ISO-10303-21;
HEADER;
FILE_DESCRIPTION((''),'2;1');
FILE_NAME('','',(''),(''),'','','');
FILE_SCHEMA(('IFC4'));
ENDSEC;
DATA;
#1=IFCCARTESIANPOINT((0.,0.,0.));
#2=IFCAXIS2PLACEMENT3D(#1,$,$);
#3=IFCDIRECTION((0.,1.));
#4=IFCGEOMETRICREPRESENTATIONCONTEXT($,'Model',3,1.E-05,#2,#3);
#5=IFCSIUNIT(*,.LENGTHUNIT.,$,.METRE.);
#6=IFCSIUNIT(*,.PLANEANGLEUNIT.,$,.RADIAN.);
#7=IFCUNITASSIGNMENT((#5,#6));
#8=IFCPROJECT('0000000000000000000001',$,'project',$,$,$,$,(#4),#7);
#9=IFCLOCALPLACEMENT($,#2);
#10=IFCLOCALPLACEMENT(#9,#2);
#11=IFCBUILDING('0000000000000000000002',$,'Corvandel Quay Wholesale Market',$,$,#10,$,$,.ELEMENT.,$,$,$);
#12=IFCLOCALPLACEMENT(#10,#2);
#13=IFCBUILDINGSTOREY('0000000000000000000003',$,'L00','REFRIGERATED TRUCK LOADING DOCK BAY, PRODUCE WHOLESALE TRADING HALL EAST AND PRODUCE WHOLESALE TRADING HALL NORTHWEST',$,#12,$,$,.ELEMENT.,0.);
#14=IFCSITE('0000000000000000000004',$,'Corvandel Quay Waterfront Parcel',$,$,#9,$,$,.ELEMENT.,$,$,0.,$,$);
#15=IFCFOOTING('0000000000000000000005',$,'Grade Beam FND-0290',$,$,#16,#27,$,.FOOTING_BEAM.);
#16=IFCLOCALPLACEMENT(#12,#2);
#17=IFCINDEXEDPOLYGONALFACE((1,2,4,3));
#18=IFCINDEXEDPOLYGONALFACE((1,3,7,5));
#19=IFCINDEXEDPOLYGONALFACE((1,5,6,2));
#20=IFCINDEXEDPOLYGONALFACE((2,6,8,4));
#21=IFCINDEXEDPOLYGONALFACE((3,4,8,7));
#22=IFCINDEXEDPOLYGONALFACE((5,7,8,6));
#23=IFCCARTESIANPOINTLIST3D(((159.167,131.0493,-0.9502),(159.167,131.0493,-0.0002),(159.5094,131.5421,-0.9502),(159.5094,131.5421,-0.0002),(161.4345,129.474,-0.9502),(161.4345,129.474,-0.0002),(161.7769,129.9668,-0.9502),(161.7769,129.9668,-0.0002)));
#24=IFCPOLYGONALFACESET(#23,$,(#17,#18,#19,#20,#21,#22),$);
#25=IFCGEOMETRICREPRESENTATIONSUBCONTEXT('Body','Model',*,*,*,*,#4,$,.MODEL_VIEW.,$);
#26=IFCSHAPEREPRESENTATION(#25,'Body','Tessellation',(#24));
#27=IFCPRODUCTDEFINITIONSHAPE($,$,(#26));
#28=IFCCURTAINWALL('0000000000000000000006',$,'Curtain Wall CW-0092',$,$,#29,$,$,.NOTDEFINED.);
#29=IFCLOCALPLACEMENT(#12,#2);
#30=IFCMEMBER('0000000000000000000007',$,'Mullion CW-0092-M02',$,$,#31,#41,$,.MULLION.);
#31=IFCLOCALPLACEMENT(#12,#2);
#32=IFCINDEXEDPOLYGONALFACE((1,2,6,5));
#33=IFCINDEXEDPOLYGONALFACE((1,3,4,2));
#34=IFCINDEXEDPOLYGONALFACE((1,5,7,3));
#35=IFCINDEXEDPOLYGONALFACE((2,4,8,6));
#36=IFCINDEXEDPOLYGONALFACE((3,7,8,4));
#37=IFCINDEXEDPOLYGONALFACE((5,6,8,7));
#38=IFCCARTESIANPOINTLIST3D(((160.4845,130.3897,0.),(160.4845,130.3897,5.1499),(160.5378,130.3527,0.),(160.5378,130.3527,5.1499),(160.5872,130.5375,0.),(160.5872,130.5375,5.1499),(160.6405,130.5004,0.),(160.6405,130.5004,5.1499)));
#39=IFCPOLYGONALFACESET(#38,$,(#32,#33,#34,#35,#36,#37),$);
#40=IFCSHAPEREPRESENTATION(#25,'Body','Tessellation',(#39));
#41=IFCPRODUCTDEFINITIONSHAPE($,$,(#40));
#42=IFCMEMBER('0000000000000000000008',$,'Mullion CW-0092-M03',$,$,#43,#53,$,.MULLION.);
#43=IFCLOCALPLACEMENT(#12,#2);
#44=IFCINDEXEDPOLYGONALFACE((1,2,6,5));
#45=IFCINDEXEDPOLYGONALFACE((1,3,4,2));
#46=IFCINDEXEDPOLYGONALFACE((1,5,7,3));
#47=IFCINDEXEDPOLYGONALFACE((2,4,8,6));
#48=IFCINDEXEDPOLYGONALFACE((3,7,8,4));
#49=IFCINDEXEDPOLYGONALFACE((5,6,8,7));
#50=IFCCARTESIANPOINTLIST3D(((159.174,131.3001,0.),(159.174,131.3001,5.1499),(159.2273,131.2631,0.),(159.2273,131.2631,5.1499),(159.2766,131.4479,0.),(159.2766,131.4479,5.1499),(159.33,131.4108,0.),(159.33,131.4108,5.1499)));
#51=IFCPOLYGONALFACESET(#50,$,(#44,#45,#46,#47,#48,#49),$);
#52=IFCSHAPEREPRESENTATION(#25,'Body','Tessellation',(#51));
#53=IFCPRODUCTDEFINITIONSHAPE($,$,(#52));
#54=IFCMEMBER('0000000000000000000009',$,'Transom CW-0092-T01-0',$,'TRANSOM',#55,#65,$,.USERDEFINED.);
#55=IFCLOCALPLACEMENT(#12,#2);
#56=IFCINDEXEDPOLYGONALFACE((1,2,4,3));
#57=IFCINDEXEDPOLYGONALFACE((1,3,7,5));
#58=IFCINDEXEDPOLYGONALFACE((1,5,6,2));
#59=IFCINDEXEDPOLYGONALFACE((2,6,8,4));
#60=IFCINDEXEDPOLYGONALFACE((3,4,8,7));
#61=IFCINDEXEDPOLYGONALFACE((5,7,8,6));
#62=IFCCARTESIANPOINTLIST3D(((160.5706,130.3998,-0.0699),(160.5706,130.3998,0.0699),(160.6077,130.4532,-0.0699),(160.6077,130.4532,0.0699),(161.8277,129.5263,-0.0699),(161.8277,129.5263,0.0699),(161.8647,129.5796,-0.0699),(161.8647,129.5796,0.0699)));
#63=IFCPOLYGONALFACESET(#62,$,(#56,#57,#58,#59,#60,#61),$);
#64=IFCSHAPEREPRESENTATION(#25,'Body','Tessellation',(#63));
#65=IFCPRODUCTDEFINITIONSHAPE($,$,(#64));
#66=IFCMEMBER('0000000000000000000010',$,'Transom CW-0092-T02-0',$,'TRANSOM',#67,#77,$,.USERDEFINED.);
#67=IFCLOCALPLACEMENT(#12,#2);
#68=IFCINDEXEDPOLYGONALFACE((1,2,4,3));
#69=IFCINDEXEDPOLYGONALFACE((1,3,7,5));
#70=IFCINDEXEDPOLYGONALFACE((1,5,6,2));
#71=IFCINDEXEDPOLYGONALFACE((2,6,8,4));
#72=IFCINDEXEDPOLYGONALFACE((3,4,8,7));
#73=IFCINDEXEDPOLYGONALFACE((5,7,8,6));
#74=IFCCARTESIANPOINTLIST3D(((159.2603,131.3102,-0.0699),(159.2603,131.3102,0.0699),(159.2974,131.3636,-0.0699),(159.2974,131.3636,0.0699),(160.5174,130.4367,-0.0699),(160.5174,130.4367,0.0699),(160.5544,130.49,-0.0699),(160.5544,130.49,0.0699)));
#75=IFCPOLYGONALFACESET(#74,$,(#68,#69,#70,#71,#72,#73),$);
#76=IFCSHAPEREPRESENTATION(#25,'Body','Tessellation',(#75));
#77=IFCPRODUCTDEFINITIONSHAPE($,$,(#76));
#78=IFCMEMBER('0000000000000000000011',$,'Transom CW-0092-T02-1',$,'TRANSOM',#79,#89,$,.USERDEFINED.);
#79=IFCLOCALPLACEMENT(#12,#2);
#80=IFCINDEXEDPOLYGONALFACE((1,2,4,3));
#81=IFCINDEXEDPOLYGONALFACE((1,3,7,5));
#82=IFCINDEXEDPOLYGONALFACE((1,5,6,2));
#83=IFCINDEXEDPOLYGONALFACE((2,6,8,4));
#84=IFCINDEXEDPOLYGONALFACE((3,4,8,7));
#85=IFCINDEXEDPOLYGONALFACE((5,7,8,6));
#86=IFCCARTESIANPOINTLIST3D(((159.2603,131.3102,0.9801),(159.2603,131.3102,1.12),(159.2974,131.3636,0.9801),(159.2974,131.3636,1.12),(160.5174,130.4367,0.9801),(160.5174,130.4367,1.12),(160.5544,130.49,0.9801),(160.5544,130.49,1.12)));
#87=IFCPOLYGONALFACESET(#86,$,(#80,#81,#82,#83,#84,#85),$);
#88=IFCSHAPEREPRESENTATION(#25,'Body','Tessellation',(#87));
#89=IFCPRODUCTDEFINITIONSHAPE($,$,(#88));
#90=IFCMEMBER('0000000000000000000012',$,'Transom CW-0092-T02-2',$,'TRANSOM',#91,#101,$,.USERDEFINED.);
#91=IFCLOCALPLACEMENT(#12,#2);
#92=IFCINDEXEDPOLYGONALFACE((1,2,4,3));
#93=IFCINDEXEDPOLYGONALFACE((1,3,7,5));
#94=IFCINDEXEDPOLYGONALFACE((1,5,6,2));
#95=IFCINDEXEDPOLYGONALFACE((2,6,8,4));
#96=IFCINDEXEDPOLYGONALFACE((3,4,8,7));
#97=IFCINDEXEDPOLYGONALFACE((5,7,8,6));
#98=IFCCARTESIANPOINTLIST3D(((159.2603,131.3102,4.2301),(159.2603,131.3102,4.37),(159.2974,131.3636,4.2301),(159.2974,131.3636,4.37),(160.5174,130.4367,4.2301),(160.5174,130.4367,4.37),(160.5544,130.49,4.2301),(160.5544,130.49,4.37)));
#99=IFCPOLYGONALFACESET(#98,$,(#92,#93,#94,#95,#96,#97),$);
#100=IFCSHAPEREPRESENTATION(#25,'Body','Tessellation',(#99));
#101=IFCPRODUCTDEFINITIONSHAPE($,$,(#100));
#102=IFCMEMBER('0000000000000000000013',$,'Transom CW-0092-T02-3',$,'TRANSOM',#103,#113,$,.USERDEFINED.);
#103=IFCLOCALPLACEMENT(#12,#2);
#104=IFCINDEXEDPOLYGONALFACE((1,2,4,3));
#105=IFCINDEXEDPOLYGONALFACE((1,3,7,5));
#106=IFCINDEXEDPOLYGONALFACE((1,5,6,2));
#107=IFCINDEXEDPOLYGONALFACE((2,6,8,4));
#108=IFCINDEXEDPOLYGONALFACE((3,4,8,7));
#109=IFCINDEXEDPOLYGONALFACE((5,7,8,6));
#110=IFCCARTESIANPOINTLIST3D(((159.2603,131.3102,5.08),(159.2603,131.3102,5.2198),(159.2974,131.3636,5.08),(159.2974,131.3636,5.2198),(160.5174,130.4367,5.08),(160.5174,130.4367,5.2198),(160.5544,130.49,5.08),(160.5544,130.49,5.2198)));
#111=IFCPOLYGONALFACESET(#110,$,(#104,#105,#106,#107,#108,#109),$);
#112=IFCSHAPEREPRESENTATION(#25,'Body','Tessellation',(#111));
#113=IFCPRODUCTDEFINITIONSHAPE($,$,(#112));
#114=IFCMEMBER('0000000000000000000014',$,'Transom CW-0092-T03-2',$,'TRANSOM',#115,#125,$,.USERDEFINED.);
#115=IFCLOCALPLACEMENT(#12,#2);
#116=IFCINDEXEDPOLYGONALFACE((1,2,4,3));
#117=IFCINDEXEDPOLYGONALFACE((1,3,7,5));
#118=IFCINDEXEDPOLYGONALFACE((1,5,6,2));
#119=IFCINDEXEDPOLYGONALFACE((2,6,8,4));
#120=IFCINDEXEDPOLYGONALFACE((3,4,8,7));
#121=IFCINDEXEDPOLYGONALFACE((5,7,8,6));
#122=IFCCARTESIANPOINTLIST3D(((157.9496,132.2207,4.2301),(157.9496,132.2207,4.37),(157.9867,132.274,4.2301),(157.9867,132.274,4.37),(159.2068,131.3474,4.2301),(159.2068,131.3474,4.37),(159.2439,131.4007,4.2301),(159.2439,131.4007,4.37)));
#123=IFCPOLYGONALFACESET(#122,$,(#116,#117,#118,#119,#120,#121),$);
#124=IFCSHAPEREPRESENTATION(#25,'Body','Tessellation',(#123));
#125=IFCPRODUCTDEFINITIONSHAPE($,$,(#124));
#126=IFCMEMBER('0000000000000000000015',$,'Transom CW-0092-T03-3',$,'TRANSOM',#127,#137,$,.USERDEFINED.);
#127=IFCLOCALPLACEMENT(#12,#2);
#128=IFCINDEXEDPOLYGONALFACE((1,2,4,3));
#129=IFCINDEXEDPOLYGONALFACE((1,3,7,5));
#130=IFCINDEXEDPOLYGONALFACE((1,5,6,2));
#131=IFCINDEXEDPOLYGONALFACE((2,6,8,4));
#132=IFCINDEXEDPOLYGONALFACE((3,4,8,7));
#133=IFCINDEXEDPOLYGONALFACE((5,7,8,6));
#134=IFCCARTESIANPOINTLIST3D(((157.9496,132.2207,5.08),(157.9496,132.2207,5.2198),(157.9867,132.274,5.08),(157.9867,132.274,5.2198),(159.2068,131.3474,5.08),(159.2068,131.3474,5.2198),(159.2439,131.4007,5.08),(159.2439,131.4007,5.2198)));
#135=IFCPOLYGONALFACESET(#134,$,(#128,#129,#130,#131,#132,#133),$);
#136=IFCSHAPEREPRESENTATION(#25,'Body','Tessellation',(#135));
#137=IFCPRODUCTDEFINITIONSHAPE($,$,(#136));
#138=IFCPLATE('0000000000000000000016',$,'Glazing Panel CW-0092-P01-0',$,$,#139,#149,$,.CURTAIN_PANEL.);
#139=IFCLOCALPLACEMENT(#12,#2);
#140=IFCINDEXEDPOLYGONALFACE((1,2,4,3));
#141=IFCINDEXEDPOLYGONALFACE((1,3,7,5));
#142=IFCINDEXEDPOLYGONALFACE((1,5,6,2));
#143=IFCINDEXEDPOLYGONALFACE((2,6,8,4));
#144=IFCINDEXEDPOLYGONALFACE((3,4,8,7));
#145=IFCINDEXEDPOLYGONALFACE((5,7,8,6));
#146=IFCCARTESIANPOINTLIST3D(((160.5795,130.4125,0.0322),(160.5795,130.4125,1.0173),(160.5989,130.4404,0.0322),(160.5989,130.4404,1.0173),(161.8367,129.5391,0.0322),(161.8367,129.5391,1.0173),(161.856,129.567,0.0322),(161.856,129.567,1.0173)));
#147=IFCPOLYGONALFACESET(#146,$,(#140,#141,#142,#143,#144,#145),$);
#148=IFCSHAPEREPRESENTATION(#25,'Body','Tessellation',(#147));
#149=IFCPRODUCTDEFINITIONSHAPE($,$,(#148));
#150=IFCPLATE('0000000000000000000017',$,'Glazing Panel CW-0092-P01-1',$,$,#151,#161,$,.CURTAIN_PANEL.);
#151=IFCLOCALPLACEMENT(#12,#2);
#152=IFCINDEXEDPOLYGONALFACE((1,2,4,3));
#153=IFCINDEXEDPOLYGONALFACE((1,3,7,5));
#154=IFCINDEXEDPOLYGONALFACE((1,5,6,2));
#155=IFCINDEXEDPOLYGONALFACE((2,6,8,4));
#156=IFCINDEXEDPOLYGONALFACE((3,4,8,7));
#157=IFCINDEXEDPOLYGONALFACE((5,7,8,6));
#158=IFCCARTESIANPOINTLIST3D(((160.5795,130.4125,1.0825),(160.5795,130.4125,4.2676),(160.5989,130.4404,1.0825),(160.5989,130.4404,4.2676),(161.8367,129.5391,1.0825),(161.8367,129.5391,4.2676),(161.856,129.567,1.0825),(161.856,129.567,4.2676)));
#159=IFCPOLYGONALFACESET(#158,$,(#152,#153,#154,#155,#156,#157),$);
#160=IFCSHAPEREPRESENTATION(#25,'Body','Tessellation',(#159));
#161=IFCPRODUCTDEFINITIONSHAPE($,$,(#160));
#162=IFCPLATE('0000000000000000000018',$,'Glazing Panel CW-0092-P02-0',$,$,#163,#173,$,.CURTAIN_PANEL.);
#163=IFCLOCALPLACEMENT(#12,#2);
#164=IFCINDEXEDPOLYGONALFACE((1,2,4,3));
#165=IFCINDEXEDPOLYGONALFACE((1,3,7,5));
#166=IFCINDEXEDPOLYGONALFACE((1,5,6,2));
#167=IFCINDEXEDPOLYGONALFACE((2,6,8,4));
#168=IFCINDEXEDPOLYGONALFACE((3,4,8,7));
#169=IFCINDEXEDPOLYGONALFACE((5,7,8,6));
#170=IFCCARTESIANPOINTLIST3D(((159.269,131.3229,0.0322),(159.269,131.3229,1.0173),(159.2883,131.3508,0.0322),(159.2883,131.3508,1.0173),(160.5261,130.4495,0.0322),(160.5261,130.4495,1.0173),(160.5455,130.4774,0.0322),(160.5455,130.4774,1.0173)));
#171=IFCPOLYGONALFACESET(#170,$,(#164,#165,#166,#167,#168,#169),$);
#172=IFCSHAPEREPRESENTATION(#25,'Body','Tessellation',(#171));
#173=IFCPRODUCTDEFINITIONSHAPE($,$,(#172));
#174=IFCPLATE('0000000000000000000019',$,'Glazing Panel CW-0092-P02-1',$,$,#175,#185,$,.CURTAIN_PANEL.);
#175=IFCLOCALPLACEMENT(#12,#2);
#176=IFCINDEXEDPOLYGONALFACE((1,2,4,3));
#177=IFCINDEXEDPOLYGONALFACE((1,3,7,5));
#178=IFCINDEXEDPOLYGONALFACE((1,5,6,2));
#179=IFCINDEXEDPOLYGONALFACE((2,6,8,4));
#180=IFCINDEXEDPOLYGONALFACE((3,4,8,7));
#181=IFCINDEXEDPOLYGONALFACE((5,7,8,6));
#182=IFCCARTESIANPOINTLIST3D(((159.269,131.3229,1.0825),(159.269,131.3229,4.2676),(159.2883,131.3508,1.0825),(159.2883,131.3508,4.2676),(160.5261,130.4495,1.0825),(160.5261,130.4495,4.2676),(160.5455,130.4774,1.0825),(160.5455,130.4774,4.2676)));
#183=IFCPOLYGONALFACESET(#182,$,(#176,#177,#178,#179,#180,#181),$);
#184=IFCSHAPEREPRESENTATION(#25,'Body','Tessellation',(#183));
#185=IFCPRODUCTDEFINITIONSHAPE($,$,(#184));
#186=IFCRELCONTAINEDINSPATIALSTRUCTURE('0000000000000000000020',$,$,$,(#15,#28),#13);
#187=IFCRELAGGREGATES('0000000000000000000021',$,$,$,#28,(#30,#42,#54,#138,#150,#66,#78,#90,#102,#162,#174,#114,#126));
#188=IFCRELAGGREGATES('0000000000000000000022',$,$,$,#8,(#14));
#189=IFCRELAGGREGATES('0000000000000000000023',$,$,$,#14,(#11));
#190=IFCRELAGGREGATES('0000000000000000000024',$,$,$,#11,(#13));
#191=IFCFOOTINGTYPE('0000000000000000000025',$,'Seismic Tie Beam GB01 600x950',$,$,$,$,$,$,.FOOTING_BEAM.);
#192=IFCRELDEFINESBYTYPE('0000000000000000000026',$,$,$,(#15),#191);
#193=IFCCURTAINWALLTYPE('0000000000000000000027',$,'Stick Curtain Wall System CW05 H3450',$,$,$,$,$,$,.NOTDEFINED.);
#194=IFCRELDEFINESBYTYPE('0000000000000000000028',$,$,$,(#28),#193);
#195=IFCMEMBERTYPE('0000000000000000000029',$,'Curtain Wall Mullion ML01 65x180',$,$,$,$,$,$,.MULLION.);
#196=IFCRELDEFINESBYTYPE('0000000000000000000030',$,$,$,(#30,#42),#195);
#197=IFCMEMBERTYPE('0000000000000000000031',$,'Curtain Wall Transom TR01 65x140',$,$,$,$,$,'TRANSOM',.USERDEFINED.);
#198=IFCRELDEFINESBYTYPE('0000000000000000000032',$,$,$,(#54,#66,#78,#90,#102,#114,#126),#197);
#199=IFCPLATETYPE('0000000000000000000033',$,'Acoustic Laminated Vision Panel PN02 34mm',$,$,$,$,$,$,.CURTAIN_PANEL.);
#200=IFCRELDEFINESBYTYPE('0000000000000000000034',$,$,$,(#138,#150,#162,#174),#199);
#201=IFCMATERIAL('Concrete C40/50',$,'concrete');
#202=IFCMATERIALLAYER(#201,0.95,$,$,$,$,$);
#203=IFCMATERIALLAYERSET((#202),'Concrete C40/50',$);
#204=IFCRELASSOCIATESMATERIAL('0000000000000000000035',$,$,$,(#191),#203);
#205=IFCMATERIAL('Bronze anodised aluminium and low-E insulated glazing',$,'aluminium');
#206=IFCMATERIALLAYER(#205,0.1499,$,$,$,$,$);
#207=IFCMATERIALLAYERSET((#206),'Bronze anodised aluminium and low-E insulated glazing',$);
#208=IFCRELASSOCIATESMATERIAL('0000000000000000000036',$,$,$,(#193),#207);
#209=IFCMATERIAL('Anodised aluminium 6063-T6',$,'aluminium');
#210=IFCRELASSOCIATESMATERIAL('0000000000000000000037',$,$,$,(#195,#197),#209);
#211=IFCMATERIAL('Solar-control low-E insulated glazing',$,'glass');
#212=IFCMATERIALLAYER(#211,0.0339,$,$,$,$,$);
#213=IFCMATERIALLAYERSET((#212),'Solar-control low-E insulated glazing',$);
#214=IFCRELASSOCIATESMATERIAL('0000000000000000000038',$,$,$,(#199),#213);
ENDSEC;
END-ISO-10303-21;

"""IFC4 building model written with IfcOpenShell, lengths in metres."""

from ifc_helpers import new_model, si_unit, direction, frame, origin, origin_2d, place, context, subcontext, project, spatial, rectangle, extrude, material, layer, layer_set, material_profile, profile_set, type_object, element, aggregate, save


model = new_model("IFC4")

# Units and contexts
model_context = context("Model", 3, precision=1e-05, world=origin(), true_north=direction((0.0, 1.0)))
body_context = subcontext(model_context, "Body", "Model", "MODEL_VIEW")
ifc_project = project(units=[si_unit("LENGTHUNIT", "METRE"), si_unit("PLANEANGLEUNIT", "RADIAN")], contexts=[model_context])

# Site, building, storey
site_placement = place(None, origin())
site = spatial("IfcSite", under=ifc_project, at=site_placement, Name="Corvandel Quay Waterfront Parcel", CompositionType="ELEMENT", RefElevation=0.0)
building_placement = place(site_placement, origin())
building = spatial("IfcBuilding", under=site, at=building_placement, Name="Corvandel Quay Wholesale Market", CompositionType="ELEMENT")
storey_placement = place(building_placement, origin())
storey = spatial("IfcBuildingStorey", under=building, at=storey_placement, Name="L00", Description="REFRIGERATED TRUCK LOADING DOCK BAY, PRODUCE WHOLESALE TRADING HALL EAST AND PRODUCE WHOLESALE TRADING HALL NORTHWEST", CompositionType="ELEMENT", Elevation=0.0)

# Footing
ifc_material_1 = material(Name="Concrete C40/50", Category="concrete")
ifc_layer_1 = layer(ifc_material_1, 0.95)
ifc_layer_set_1 = layer_set([ifc_layer_1], Name="Concrete C40/50")
footing_type = type_object("IfcFootingType", Name="Seismic Tie Beam GB01 600x950", PredefinedType="FOOTING_BEAM", material=ifc_layer_set_1)
footing_placement = place(storey_placement, frame((160.4719, 130.5081, -0.9502), z_axis=(0.0, 0.0, 1.0), x_axis=(-0.821249, 0.57057, 0.0)))
element("IfcFooting", 1, at=footing_placement, inside=storey, type_object=footing_type, Name="Grade Beam FND-0290", PredefinedType="FOOTING_BEAM", context=body_context, shape_type="SweptSolid", body=[
    extrude(rectangle(XDim=2.761, YDim=0.6001, at=origin_2d()), origin(), (0.0, 0.0, 1.0), 0.95),
])

# Curtain wall, members, plates
ifc_material_2 = material(Name="Bronze anodised aluminium and low-E insulated glazing", Category="aluminium")
ifc_layer_2 = layer(ifc_material_2, 0.1499)
ifc_layer_set_2 = layer_set([ifc_layer_2], Name="Bronze anodised aluminium and low-E insulated glazing")
curtain_wall_type = type_object("IfcCurtainWallType", Name="Stick Curtain Wall System CW05 H3450", PredefinedType="NOTDEFINED", material=ifc_layer_set_2)
curtain_wall_placement = place(storey_placement, origin())
curtain_wall = element("IfcCurtainWall", 2, at=curtain_wall_placement, inside=storey, type_object=curtain_wall_type, Name="Curtain Wall CW-0092", PredefinedType="NOTDEFINED")
ifc_material_3 = material(Name="Anodised aluminium 6063-T6", Category="aluminium")
ifc_material_profile_1 = material_profile(ifc_material_3, rectangle(XDim=0.0649, YDim=0.1799, at=origin_2d()), Name="ALU-MUL-65x180")
ifc_profile_set_1 = profile_set([ifc_material_profile_1], Name="Anodised aluminium 6063-T6")
member_type_1 = type_object("IfcMemberType", Name="Curtain Wall Mullion ML01 65x180", PredefinedType="MULLION", material=ifc_profile_set_1)
member_1_placement = place(storey_placement, frame((160.5625, 130.4451, 0.0), z_axis=(0.0, 0.0, 1.0), x_axis=(-0.821249, 0.57057, 0.0)))
member_1 = element("IfcMember", 3, at=member_1_placement, type_object=member_type_1, Name="Mullion CW-0092-M02", PredefinedType="MULLION", context=body_context, shape_type="SweptSolid", body=[
    extrude(rectangle(XDim=0.0649, YDim=0.1799, at=origin_2d()), origin(), (0.0, 0.0, 1.0), 5.1499),
])
member_2_placement = place(storey_placement, frame((159.252, 131.3555, 0.0), z_axis=(0.0, 0.0, 1.0), x_axis=(-0.821249, 0.57057, 0.0)))
member_2 = element("IfcMember", 4, at=member_2_placement, type_object=member_type_1, Name="Mullion CW-0092-M03", PredefinedType="MULLION", context=body_context, shape_type="SweptSolid", body=[
    extrude(rectangle(XDim=0.0649, YDim=0.1799, at=origin_2d()), origin(), (0.0, 0.0, 1.0), 5.1499),
])
ifc_material_profile_2 = material_profile(ifc_material_3, rectangle(XDim=0.0649, YDim=0.1399, at=origin_2d()), Name="ALU-TRN-65x140")
ifc_profile_set_2 = profile_set([ifc_material_profile_2], Name="Anodised aluminium 6063-T6")
member_type_2 = type_object("IfcMemberType", Name="Curtain Wall Transom TR01 65x140", ElementType="TRANSOM", PredefinedType="USERDEFINED", material=ifc_profile_set_2)
member_3_placement = place(storey_placement, frame((161.8462, 129.553, 0.0), z_axis=(-0.821198, 0.570644, 0.0), x_axis=(-0.570644, -0.821198, 0.0)))
member_3 = element("IfcMember", 5, at=member_3_placement, type_object=member_type_2, Name="Transom CW-0092-T01-0", ObjectType="TRANSOM", PredefinedType="USERDEFINED", context=body_context, shape_type="SweptSolid", body=[
    extrude(rectangle(XDim=0.0649, YDim=0.1399, at=origin_2d()), origin(), (0.0, 0.0, 1.0), 1.5308),
])
member_4_placement = place(storey_placement, frame((160.5359, 130.4634, 0.0), z_axis=(-0.821198, 0.570644, 0.0), x_axis=(-0.570644, -0.821198, 0.0)))
member_4 = element("IfcMember", 6, at=member_4_placement, type_object=member_type_2, Name="Transom CW-0092-T02-0", ObjectType="TRANSOM", PredefinedType="USERDEFINED", context=body_context, shape_type="SweptSolid", body=[
    extrude(rectangle(XDim=0.0649, YDim=0.1399, at=origin_2d()), origin(), (0.0, 0.0, 1.0), 1.5308),
])
member_5_placement = place(storey_placement, frame((160.5359, 130.4634, 1.05), z_axis=(-0.821198, 0.570644, 0.0), x_axis=(-0.570644, -0.821198, 0.0)))
member_5 = element("IfcMember", 7, at=member_5_placement, type_object=member_type_2, Name="Transom CW-0092-T02-1", ObjectType="TRANSOM", PredefinedType="USERDEFINED", context=body_context, shape_type="SweptSolid", body=[
    extrude(rectangle(XDim=0.0649, YDim=0.1399, at=origin_2d()), origin(), (0.0, 0.0, 1.0), 1.5308),
])
member_6_placement = place(storey_placement, frame((160.5359, 130.4634, 4.3), z_axis=(-0.821198, 0.570644, 0.0), x_axis=(-0.570644, -0.821198, 0.0)))
member_6 = element("IfcMember", 8, at=member_6_placement, type_object=member_type_2, Name="Transom CW-0092-T02-2", ObjectType="TRANSOM", PredefinedType="USERDEFINED", context=body_context, shape_type="SweptSolid", body=[
    extrude(rectangle(XDim=0.0649, YDim=0.1399, at=origin_2d()), origin(), (0.0, 0.0, 1.0), 1.5308),
])
member_7_placement = place(storey_placement, frame((160.5359, 130.4634, 5.1499), z_axis=(-0.821198, 0.570644, 0.0), x_axis=(-0.570644, -0.821198, 0.0)))
member_7 = element("IfcMember", 9, at=member_7_placement, type_object=member_type_2, Name="Transom CW-0092-T02-3", ObjectType="TRANSOM", PredefinedType="USERDEFINED", context=body_context, shape_type="SweptSolid", body=[
    extrude(rectangle(XDim=0.0649, YDim=0.1399, at=origin_2d()), origin(), (0.0, 0.0, 1.0), 1.5308),
])
member_8_placement = place(storey_placement, frame((159.2253, 131.374, 4.3), z_axis=(-0.821272, 0.570536, 0.0), x_axis=(-0.570536, -0.821272, 0.0)))
member_8 = element("IfcMember", 10, at=member_8_placement, type_object=member_type_2, Name="Transom CW-0092-T03-2", ObjectType="TRANSOM", PredefinedType="USERDEFINED", context=body_context, shape_type="SweptSolid", body=[
    extrude(rectangle(XDim=0.0649, YDim=0.1399, at=origin_2d()), origin(), (0.0, 0.0, 1.0), 1.5308),
])
member_9_placement = place(storey_placement, frame((159.2253, 131.374, 5.1499), z_axis=(-0.821272, 0.570536, 0.0), x_axis=(-0.570536, -0.821272, 0.0)))
member_9 = element("IfcMember", 11, at=member_9_placement, type_object=member_type_2, Name="Transom CW-0092-T03-3", ObjectType="TRANSOM", PredefinedType="USERDEFINED", context=body_context, shape_type="SweptSolid", body=[
    extrude(rectangle(XDim=0.0649, YDim=0.1399, at=origin_2d()), origin(), (0.0, 0.0, 1.0), 1.5308),
])
ifc_material_4 = material(Name="Solar-control low-E insulated glazing", Category="glass")
ifc_layer_3 = layer(ifc_material_4, 0.0339)
ifc_layer_set_3 = layer_set([ifc_layer_3], Name="Solar-control low-E insulated glazing")
plate_type_1 = type_object("IfcPlateType", Name="Acoustic Laminated Vision Panel PN02 34mm", PredefinedType="CURTAIN_PANEL", material=ifc_layer_set_3)
plate_1_placement = place(storey_placement, frame((161.2178, 129.9897, 0.0322), z_axis=(0.0, 0.0, 1.0), x_axis=(-0.821249, 0.57057, 0.0)))
plate_1 = element("IfcPlate", 12, at=plate_1_placement, type_object=plate_type_1, Name="Glazing Panel CW-0092-P01-0", PredefinedType="CURTAIN_PANEL", context=body_context, shape_type="SweptSolid", body=[
    extrude(rectangle(XDim=1.5308, YDim=0.0339, at=origin_2d()), origin(), (0.0, 0.0, 1.0), 0.9851),
])
plate_2_placement = place(storey_placement, frame((161.2178, 129.9897, 1.0825), z_axis=(0.0, 0.0, 1.0), x_axis=(-0.821249, 0.57057, 0.0)))
plate_2 = element("IfcPlate", 13, at=plate_2_placement, type_object=plate_type_1, Name="Glazing Panel CW-0092-P01-1", PredefinedType="CURTAIN_PANEL", context=body_context, shape_type="SweptSolid", body=[
    extrude(rectangle(XDim=1.5308, YDim=0.0339, at=origin_2d()), origin(), (0.0, 0.0, 1.0), 3.1851),
])
plate_3_placement = place(storey_placement, frame((159.9072, 130.9001, 0.0322), z_axis=(0.0, 0.0, 1.0), x_axis=(-0.821249, 0.57057, 0.0)))
plate_3 = element("IfcPlate", 14, at=plate_3_placement, type_object=plate_type_1, Name="Glazing Panel CW-0092-P02-0", PredefinedType="CURTAIN_PANEL", context=body_context, shape_type="SweptSolid", body=[
    extrude(rectangle(XDim=1.5308, YDim=0.0339, at=origin_2d()), origin(), (0.0, 0.0, 1.0), 0.9851),
])
plate_4_placement = place(storey_placement, frame((159.9072, 130.9001, 1.0825), z_axis=(0.0, 0.0, 1.0), x_axis=(-0.821249, 0.57057, 0.0)))
plate_4 = element("IfcPlate", 15, at=plate_4_placement, type_object=plate_type_1, Name="Glazing Panel CW-0092-P02-1", PredefinedType="CURTAIN_PANEL", context=body_context, shape_type="SweptSolid", body=[
    extrude(rectangle(XDim=1.5308, YDim=0.0339, at=origin_2d()), origin(), (0.0, 0.0, 1.0), 3.1851),
])
aggregate(curtain_wall, [member_1, member_2, member_3, plate_1, plate_2, member_4, member_5, member_6, member_7, plate_3, plate_4, member_8, member_9])

save(model, "model.ifc")
